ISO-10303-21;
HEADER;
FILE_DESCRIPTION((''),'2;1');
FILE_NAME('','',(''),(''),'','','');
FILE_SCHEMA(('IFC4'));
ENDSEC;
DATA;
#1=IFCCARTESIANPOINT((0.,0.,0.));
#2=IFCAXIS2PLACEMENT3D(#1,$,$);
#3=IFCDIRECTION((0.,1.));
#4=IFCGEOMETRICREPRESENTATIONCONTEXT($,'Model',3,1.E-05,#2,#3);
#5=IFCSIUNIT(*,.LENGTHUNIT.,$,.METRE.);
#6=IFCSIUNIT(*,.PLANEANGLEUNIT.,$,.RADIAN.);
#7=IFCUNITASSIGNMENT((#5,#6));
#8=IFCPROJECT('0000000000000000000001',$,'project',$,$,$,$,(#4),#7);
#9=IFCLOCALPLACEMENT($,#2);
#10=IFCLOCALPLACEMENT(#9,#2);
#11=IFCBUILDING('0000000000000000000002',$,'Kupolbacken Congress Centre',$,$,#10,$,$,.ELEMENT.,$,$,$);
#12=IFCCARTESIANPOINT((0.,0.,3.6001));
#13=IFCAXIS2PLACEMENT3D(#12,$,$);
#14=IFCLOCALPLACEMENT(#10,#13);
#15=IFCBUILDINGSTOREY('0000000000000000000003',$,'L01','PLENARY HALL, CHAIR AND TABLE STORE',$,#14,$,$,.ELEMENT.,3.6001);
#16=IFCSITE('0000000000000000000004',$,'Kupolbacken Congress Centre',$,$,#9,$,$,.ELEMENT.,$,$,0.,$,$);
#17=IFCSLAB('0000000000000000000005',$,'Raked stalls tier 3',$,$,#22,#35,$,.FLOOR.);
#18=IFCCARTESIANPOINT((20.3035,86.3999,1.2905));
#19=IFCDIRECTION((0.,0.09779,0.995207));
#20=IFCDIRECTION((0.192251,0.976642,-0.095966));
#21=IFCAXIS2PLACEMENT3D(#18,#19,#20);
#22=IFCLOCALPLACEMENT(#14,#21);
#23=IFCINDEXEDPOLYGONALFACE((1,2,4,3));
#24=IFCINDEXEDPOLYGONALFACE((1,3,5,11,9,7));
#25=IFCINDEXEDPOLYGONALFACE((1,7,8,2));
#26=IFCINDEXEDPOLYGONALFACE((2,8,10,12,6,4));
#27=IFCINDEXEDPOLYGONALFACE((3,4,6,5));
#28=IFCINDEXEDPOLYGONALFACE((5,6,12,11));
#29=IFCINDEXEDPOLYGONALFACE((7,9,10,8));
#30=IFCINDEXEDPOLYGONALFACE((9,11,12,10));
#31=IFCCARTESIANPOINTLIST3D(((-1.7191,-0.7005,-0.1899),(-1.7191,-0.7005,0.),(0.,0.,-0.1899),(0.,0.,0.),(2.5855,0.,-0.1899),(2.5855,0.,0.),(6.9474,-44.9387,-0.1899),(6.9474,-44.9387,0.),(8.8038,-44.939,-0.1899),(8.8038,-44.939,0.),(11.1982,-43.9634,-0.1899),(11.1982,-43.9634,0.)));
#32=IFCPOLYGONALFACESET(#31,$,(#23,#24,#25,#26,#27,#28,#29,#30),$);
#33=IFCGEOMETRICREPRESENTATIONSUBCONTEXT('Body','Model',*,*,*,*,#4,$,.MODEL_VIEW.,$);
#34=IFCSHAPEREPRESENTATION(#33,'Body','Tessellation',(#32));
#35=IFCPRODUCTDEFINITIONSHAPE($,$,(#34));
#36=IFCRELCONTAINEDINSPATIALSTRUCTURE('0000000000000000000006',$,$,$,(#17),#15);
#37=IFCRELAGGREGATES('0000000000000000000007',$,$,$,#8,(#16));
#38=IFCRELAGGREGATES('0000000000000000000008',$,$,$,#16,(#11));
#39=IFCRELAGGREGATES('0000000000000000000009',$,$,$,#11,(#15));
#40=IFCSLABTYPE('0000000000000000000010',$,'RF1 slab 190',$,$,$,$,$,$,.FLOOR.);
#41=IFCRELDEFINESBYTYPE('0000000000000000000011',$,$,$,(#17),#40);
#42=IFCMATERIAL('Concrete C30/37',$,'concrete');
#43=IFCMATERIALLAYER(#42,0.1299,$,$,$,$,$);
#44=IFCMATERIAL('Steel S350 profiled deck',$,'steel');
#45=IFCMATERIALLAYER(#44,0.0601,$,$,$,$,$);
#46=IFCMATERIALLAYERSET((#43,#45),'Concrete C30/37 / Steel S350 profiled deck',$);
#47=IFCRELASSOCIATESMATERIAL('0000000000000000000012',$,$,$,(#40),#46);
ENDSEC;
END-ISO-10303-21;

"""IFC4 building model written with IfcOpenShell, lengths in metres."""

from ifc_helpers import new_model, si_unit, direction, frame, origin, place, context, subcontext, project, spatial, polyline, outline, extrude, material, layer, layer_set, type_object, element, save


model = new_model("IFC4")

# Units and contexts
model_context = context("Model", 3, precision=1e-05, world=origin(), true_north=direction((0.0, 1.0)))
body_context = subcontext(model_context, "Body", "Model", "MODEL_VIEW")
ifc_project = project(units=[si_unit("LENGTHUNIT", "METRE"), si_unit("PLANEANGLEUNIT", "RADIAN")], contexts=[model_context])

# Site, building, storey
site_placement = place(None, origin())
site = spatial("IfcSite", under=ifc_project, at=site_placement, Name="Kupolbacken Congress Centre", CompositionType="ELEMENT", RefElevation=0.0)
building_placement = place(site_placement, origin())
building = spatial("IfcBuilding", under=site, at=building_placement, Name="Kupolbacken Congress Centre", CompositionType="ELEMENT")
storey_placement = place(building_placement, frame((0.0, 0.0, 3.6001)))
storey = spatial("IfcBuildingStorey", under=building, at=storey_placement, Name="L01", Description="PLENARY HALL, CHAIR AND TABLE STORE", CompositionType="ELEMENT", Elevation=3.6001)

# Slab
ifc_material_1 = material(Name="Concrete C30/37", Category="concrete")
ifc_layer_1 = layer(ifc_material_1, 0.1299)
ifc_material_2 = material(Name="Steel S350 profiled deck", Category="steel")
ifc_layer_2 = layer(ifc_material_2, 0.0601)
ifc_layer_set_1 = layer_set([ifc_layer_1, ifc_layer_2], Name="Concrete C30/37 / Steel S350 profiled deck")
slab_type = type_object("IfcSlabType", Name="RF1 slab 190", PredefinedType="FLOOR", material=ifc_layer_set_1)
slab_1_placement = place(storey_placement, frame((20.3035, 86.3999, 1.2905), z_axis=(0.0, 0.09779, 0.995207), x_axis=(0.192251, 0.976642, -0.095966)))
element("IfcSlab", 1, at=slab_1_placement, inside=storey, type_object=slab_type, Name="Raked stalls tier 3", PredefinedType="FLOOR", context=body_context, shape_type="SweptSolid", body=[
    extrude(outline(polyline([(0.0, 0.0), (2.5855, 0.0), (11.1982, -43.9634), (8.8038, -44.939), (6.9474, -44.9387), (-1.7191, -0.7005), (0.0, 0.0)])), origin(), (0.0, 0.0, -1.0), 0.1899),
])

save(model, "model.ifc")
